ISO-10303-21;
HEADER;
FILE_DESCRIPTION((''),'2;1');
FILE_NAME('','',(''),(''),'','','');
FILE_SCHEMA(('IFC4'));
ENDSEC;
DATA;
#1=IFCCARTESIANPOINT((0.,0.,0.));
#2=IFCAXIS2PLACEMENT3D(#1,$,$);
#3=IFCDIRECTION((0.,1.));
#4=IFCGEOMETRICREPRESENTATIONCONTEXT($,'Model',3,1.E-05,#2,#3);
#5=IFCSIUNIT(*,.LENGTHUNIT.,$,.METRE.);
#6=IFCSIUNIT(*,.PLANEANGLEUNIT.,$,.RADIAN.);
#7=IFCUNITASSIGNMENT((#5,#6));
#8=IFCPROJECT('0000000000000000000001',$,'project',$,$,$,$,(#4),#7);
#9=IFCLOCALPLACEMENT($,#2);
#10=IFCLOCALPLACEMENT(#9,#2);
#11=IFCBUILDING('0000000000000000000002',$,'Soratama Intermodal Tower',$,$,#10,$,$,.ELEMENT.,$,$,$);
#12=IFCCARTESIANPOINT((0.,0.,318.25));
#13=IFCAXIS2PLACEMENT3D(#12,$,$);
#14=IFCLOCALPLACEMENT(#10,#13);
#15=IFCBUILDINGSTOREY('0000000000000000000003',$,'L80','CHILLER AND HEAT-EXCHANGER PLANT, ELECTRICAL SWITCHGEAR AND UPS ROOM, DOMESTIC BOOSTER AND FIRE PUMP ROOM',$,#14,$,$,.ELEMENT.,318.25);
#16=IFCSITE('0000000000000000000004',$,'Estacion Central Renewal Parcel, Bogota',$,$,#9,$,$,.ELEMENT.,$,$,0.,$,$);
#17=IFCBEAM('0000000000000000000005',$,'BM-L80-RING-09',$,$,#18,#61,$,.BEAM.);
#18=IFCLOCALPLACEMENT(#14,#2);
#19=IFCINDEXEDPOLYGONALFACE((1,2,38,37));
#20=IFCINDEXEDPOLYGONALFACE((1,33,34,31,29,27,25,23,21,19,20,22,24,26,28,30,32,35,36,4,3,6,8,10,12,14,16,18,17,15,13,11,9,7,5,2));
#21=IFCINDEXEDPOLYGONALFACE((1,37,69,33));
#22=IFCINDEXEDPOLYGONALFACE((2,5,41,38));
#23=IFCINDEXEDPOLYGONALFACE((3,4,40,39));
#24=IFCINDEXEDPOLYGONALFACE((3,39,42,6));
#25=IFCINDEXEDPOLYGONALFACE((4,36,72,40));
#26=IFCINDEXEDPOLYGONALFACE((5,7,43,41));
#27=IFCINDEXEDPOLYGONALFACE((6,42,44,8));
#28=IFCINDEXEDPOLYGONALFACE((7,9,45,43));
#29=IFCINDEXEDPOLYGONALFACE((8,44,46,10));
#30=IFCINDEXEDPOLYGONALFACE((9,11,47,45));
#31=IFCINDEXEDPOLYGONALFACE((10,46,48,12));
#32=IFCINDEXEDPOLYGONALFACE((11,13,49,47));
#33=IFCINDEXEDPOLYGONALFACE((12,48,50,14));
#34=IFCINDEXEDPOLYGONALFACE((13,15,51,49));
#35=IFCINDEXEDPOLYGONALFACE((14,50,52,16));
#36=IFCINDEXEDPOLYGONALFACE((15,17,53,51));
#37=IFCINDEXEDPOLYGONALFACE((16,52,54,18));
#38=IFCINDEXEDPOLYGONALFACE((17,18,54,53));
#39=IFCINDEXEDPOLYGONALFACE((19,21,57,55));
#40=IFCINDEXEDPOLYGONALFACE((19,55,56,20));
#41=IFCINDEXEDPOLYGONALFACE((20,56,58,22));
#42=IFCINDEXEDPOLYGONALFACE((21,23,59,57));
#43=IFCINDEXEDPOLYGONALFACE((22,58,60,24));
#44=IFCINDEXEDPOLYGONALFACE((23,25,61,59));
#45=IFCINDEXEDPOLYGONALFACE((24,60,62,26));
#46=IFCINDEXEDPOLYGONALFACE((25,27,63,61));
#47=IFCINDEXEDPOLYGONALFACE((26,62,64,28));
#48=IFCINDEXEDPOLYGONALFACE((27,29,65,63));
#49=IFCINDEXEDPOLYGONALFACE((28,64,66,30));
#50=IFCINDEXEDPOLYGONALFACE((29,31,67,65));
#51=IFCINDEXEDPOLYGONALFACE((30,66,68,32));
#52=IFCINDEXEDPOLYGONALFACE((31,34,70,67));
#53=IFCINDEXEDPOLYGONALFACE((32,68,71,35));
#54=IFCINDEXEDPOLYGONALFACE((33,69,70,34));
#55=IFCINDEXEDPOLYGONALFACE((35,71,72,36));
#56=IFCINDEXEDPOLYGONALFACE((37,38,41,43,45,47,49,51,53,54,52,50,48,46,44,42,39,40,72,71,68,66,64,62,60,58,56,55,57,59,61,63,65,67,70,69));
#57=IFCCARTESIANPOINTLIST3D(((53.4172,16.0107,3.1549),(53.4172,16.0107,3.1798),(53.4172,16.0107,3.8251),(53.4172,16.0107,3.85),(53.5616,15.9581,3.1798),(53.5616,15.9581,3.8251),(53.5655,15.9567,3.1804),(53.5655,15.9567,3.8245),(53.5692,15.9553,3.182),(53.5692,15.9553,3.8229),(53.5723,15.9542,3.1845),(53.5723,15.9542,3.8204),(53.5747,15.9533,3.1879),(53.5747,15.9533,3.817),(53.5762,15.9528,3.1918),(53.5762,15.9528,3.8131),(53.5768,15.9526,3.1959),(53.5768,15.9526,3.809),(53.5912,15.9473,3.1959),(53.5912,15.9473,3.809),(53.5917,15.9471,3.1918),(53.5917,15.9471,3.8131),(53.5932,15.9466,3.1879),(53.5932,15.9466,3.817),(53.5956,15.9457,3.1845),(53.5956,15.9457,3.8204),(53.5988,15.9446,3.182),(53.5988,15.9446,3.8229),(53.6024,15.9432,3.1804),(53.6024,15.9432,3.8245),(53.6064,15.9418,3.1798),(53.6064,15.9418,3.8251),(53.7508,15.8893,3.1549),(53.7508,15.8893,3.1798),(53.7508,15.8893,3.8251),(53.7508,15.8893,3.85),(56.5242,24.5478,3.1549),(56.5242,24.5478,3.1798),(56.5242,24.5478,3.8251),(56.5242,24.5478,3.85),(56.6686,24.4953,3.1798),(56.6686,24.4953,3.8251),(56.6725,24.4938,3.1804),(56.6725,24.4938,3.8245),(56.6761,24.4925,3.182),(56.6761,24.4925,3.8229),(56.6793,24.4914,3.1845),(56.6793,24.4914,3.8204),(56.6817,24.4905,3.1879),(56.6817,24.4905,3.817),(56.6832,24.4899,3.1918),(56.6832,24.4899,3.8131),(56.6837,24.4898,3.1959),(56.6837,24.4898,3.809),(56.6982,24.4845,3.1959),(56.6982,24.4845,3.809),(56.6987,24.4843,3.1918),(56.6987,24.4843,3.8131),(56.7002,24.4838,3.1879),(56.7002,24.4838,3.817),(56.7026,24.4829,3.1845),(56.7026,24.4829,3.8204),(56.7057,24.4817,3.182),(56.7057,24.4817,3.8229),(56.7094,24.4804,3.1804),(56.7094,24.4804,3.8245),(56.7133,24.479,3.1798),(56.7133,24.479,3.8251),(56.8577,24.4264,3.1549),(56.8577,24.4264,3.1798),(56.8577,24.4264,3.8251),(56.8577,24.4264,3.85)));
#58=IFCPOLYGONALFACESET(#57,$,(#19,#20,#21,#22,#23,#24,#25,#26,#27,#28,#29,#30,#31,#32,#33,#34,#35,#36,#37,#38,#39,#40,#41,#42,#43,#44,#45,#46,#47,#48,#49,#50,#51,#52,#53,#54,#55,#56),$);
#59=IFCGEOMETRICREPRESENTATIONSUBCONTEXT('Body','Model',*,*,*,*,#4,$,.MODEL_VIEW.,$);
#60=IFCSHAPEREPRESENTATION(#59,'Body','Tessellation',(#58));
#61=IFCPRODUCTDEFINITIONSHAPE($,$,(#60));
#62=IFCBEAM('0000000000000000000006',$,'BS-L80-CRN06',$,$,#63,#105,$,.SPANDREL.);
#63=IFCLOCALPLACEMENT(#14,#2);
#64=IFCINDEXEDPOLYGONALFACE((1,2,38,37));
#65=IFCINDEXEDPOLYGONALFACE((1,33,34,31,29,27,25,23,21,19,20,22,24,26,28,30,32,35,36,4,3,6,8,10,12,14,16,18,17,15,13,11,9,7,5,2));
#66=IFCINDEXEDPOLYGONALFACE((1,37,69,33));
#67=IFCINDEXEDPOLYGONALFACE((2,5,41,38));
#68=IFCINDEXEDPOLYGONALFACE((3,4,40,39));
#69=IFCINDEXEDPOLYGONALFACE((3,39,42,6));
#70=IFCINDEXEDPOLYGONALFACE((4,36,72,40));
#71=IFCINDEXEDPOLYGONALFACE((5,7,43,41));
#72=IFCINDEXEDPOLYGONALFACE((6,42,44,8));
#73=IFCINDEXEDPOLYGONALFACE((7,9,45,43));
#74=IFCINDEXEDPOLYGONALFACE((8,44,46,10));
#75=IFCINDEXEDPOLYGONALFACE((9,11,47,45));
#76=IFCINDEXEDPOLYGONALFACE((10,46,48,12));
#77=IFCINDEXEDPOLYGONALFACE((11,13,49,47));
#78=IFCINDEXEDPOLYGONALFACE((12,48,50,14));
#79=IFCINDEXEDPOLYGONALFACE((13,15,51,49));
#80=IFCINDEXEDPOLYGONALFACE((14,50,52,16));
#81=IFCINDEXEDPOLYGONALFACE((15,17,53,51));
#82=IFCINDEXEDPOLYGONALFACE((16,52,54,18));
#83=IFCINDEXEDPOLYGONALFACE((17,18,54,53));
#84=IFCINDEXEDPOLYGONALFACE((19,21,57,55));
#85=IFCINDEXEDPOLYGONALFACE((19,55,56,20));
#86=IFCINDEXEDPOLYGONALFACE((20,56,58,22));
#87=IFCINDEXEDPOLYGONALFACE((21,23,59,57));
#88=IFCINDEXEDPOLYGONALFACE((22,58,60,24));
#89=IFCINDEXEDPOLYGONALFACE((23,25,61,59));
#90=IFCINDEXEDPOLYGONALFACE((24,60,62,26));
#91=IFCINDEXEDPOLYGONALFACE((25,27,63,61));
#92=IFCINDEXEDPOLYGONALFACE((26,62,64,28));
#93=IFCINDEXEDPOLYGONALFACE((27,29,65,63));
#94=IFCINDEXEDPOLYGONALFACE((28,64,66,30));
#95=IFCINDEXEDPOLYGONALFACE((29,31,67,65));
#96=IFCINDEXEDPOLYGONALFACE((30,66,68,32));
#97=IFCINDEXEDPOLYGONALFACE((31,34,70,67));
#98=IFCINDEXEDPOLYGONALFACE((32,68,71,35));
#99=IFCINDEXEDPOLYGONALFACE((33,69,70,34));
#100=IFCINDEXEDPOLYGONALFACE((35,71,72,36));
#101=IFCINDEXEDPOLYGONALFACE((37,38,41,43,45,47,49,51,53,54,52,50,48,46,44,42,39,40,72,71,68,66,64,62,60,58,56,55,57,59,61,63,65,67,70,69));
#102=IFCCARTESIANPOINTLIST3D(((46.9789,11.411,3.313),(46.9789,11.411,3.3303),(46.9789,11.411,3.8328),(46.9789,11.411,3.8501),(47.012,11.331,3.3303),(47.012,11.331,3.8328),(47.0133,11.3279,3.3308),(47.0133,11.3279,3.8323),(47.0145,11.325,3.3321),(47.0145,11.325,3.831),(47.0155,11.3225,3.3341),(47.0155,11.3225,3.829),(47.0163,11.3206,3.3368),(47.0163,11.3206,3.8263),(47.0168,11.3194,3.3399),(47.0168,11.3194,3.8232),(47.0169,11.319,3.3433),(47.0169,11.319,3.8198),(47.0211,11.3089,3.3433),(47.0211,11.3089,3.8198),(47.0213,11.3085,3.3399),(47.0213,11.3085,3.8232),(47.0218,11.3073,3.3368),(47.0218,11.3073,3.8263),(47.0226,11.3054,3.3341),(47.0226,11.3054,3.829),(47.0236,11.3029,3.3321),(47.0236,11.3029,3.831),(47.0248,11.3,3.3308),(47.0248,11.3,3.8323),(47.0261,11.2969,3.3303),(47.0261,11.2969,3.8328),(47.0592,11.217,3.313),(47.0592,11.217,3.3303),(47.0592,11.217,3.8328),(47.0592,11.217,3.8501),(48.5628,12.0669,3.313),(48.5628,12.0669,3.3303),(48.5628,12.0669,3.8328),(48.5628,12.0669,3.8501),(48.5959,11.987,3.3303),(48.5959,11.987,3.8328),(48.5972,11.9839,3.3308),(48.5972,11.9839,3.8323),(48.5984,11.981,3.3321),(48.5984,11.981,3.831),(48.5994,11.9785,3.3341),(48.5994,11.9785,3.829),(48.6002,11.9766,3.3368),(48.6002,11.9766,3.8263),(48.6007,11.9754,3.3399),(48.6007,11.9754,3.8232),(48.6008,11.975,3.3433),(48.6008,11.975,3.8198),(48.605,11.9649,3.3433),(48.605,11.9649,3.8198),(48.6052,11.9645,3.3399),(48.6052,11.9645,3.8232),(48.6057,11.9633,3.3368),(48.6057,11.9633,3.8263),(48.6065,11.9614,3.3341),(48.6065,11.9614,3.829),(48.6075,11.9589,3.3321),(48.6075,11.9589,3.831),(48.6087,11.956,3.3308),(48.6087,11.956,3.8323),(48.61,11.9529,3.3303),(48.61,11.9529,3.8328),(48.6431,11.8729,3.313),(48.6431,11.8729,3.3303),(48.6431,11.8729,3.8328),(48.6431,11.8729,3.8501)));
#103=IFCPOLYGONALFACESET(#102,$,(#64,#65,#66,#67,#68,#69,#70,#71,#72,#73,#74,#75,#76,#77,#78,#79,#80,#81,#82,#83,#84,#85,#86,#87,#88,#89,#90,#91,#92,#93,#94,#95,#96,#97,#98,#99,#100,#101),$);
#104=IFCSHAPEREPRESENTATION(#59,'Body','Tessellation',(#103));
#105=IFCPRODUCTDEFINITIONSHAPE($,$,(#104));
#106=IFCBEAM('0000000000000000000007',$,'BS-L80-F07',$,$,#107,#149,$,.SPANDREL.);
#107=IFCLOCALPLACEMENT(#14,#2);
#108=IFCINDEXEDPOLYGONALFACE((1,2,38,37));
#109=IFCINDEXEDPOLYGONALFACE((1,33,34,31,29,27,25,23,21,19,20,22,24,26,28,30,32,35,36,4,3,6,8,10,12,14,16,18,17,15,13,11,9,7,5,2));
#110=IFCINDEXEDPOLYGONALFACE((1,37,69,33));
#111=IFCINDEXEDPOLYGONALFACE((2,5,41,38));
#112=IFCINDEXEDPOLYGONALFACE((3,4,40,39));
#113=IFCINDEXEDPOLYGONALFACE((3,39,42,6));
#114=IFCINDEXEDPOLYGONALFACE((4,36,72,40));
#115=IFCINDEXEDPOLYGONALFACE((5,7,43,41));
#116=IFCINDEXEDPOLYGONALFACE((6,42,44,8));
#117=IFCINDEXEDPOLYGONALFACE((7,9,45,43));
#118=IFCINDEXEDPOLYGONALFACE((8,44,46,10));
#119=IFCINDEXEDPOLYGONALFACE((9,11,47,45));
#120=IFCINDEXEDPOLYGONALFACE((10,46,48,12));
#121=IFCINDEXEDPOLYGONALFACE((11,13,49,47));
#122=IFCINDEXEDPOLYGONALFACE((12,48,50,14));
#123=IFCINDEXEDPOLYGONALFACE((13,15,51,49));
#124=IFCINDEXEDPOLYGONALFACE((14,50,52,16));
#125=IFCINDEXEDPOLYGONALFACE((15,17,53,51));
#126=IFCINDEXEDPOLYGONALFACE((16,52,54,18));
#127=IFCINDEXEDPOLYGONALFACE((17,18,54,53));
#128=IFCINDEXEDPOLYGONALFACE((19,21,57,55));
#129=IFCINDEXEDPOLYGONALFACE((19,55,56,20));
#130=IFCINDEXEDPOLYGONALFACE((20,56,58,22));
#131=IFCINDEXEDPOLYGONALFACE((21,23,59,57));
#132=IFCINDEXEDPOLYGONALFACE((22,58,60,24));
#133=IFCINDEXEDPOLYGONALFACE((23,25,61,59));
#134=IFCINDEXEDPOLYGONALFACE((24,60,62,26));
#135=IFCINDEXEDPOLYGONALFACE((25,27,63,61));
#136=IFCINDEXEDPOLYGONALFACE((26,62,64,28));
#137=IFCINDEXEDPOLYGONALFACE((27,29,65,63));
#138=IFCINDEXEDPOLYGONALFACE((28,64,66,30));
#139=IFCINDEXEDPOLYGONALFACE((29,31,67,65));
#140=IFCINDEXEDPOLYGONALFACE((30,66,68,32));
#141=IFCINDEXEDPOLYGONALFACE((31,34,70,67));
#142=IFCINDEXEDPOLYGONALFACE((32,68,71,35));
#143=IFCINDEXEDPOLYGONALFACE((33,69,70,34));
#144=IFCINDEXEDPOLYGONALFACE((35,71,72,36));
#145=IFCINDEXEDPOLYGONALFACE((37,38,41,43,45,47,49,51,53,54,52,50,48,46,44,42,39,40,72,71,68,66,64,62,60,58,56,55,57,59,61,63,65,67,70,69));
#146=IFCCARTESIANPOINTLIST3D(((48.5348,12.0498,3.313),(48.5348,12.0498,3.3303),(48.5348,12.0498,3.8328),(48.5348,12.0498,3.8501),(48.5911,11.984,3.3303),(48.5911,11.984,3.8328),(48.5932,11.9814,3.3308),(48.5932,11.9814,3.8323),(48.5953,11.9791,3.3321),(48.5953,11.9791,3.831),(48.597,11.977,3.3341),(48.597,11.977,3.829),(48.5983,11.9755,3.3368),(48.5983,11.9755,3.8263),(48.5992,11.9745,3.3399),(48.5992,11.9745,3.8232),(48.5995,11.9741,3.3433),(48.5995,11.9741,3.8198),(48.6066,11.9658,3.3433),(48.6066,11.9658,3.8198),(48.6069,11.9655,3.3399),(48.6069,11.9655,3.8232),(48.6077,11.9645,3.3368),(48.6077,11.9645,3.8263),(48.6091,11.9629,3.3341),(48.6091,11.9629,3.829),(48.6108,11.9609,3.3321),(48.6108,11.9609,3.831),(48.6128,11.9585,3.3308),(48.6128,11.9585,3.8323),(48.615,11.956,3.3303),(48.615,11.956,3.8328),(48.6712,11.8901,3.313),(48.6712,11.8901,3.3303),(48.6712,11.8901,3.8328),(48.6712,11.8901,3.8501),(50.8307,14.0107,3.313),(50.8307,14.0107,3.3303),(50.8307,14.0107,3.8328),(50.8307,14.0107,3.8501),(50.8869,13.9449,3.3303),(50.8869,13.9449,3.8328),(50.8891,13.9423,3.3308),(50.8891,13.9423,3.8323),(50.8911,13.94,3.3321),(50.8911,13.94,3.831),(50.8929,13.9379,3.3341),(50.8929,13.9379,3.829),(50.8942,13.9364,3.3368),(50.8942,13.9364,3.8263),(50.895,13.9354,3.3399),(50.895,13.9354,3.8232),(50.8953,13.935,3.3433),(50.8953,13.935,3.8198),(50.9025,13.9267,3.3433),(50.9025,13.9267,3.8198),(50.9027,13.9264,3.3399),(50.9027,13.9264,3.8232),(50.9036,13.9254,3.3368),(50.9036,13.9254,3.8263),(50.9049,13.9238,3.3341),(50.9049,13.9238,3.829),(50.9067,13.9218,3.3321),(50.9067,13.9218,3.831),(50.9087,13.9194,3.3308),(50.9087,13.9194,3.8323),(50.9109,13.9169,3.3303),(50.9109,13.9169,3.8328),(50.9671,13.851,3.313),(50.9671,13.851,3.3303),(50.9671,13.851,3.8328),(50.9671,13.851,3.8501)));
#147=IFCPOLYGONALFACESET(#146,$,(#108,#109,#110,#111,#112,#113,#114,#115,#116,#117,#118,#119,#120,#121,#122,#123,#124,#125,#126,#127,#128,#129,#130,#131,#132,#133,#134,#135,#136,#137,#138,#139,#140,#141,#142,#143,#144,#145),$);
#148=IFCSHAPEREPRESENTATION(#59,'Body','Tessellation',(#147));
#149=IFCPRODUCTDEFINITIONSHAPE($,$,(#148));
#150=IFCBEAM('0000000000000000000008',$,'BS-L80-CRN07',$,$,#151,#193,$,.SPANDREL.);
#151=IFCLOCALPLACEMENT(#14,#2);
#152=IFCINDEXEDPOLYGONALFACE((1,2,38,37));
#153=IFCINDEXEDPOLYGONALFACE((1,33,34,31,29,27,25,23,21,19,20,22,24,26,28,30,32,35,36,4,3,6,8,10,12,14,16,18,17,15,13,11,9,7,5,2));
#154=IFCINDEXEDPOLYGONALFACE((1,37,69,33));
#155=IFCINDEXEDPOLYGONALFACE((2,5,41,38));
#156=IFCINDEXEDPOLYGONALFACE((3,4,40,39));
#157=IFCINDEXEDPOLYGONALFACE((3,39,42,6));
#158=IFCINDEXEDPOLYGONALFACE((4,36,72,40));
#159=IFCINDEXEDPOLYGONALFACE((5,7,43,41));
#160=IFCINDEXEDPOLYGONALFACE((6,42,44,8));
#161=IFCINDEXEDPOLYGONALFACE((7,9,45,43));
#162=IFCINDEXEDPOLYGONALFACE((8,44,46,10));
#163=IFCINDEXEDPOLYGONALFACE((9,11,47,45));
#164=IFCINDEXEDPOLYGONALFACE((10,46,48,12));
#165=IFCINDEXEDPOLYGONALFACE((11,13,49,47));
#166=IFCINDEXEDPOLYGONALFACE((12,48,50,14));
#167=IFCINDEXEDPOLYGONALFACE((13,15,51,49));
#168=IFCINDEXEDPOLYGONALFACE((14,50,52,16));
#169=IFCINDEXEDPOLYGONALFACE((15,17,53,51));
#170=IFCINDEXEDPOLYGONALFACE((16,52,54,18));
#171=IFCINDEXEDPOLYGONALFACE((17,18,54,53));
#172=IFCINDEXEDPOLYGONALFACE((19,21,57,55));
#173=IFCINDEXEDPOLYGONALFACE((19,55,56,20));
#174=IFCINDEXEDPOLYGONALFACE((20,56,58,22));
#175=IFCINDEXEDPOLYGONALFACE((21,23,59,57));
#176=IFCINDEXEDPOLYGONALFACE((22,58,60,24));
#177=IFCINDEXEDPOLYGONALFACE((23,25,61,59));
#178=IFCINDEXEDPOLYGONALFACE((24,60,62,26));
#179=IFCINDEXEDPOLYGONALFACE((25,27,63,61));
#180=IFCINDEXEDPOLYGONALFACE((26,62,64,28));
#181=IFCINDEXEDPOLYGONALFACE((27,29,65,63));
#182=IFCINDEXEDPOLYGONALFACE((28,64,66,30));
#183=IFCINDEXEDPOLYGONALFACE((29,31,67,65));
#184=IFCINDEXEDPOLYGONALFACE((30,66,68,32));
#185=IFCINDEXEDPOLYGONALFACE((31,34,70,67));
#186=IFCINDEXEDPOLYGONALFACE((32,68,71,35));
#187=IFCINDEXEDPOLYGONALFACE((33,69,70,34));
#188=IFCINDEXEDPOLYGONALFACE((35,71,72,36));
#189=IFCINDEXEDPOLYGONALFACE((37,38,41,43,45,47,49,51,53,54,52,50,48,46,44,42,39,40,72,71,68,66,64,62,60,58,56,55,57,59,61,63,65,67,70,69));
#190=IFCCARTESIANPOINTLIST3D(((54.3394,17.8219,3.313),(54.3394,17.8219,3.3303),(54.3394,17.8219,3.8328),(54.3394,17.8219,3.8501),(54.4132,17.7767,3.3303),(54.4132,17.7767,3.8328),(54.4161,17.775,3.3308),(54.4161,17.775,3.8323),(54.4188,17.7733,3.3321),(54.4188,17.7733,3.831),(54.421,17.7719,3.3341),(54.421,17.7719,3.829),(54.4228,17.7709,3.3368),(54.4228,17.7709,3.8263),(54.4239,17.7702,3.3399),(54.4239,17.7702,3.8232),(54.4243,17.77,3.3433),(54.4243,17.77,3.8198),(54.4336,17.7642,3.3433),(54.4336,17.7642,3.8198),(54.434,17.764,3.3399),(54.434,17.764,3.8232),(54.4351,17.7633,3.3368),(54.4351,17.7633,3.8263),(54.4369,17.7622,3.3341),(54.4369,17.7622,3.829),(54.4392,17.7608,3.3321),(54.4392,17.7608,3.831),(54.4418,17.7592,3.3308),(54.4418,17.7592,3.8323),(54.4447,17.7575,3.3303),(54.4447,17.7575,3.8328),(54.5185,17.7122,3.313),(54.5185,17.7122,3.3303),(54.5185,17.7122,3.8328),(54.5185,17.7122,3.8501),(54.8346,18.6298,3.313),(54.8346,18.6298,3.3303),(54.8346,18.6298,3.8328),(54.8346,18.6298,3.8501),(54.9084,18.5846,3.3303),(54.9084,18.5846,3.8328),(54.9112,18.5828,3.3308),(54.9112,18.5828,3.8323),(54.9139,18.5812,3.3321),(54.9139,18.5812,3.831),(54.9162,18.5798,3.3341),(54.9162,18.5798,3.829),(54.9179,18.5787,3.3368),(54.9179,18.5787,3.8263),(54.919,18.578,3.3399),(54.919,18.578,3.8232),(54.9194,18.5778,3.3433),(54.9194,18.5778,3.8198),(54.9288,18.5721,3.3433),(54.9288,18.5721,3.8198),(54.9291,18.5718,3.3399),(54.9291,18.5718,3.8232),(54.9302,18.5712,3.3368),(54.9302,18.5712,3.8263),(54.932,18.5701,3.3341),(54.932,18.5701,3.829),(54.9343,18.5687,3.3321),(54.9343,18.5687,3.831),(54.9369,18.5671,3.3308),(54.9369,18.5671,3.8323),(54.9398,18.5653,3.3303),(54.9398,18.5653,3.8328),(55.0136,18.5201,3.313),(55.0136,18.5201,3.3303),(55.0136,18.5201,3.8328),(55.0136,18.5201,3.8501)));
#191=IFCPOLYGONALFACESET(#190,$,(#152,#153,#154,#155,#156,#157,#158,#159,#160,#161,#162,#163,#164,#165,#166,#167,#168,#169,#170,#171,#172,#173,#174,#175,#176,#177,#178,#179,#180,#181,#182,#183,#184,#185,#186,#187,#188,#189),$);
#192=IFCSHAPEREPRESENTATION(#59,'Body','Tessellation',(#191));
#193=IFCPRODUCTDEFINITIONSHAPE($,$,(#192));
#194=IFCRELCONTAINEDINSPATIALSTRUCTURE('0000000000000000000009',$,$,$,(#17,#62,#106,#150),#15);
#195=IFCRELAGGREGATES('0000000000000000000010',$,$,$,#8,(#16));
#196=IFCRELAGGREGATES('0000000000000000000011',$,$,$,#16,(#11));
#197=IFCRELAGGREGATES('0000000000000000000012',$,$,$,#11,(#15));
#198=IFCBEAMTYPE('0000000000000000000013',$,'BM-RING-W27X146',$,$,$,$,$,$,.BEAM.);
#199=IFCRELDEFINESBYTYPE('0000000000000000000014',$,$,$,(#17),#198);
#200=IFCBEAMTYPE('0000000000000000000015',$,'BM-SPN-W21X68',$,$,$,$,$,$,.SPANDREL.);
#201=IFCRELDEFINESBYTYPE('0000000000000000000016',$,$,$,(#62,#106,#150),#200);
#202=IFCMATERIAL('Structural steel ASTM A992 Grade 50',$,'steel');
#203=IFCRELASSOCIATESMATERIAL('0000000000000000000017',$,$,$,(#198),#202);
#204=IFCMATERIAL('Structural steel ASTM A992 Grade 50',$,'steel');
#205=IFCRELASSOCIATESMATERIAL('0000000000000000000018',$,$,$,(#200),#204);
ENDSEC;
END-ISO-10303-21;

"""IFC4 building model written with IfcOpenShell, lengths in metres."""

from ifc_helpers import new_model, si_unit, direction, frame, origin, origin_2d, place, context, subcontext, project, spatial, i_section, extrude, material, material_profile, profile_set, type_object, element, save


model = new_model("IFC4")

# Units and contexts
model_context = context("Model", 3, precision=1e-05, world=origin(), true_north=direction((0.0, 1.0)))
body_context = subcontext(model_context, "Body", "Model", "MODEL_VIEW")
ifc_project = project(units=[si_unit("LENGTHUNIT", "METRE"), si_unit("PLANEANGLEUNIT", "RADIAN")], contexts=[model_context])

# Site, building, storey
site_placement = place(None, origin())
site = spatial("IfcSite", under=ifc_project, at=site_placement, Name="Estacion Central Renewal Parcel, Bogota", CompositionType="ELEMENT", RefElevation=0.0)
building_placement = place(site_placement, origin())
building = spatial("IfcBuilding", under=site, at=building_placement, Name="Soratama Intermodal Tower", CompositionType="ELEMENT")
storey_placement = place(building_placement, frame((0.0, 0.0, 318.25)))
storey = spatial("IfcBuildingStorey", under=building, at=storey_placement, Name="L80", Description="CHILLER AND HEAT-EXCHANGER PLANT, ELECTRICAL SWITCHGEAR AND UPS ROOM, DOMESTIC BOOSTER AND FIRE PUMP ROOM", CompositionType="ELEMENT", Elevation=318.25)

# Beams
ifc_material_1 = material(Name="Structural steel ASTM A992 Grade 50", Category="steel")
ifc_material_profile_1 = material_profile(ifc_material_1, i_section(OverallWidth=0.355, OverallDepth=0.6951, WebThickness=0.0154, FlangeThickness=0.0249, FilletRadius=0.0161, at=origin_2d()), Name="W27X146")
ifc_profile_set_1 = profile_set([ifc_material_profile_1], Name="Structural steel ASTM A992 Grade 50")
beam_type_1 = type_object("IfcBeamType", Name="BM-RING-W27X146", PredefinedType="BEAM", material=ifc_profile_set_1)
for number, where, z_axis, x_axis, name in (
    (1, (53.584, 15.95, 3.5024), (0.341989, 0.939704, 0.0), (-0.939704, 0.341989, 0.0), "BM-L80-RING-09"),
):
    element("IfcBeam", number, at=place(storey_placement, frame(where, z_axis=z_axis, x_axis=x_axis)), inside=storey, type_object=beam_type_1, Name=name, PredefinedType="BEAM", context=body_context, shape_type="SweptSolid", body=[
        extrude(i_section(OverallWidth=0.355, OverallDepth=0.6951, WebThickness=0.0154, FlangeThickness=0.0249, FilletRadius=0.0161, at=origin_2d()), origin(), (0.0, 0.0, 1.0), 9.085),
    ])
ifc_material_2 = material(Name="Structural steel ASTM A992 Grade 50", Category="steel")
ifc_material_profile_2 = material_profile(ifc_material_2, i_section(OverallWidth=0.21, OverallDepth=0.5371, WebThickness=0.011, FlangeThickness=0.0173, FilletRadius=0.0129, at=origin_2d()), Name="W21X68")
ifc_profile_set_2 = profile_set([ifc_material_profile_2], Name="Structural steel ASTM A992 Grade 50")
beam_type_2 = type_object("IfcBeamType", Name="BM-SPN-W21X68", PredefinedType="SPANDREL", material=ifc_profile_set_2)
beam_1_placement = place(storey_placement, frame((47.019, 11.314, 3.5815), z_axis=(0.923901, 0.382633, 0.0), x_axis=(-0.382633, 0.923901, 0.0)))
element("IfcBeam", 2, at=beam_1_placement, inside=storey, type_object=beam_type_2, Name="BS-L80-CRN06", PredefinedType="SPANDREL", context=body_context, shape_type="SweptSolid", body=[
    extrude(i_section(OverallWidth=0.21, OverallDepth=0.5371, WebThickness=0.011, FlangeThickness=0.0173, FilletRadius=0.0129, at=origin_2d()), origin(), (0.0, 0.0, 1.0), 1.7144),
])
beam_2_placement = place(storey_placement, frame((48.603, 11.97, 3.5815), z_axis=(0.760397, 0.649459, 0.0), x_axis=(-0.649459, 0.760397, 0.0)))
element("IfcBeam", 3, at=beam_2_placement, inside=storey, type_object=beam_type_2, Name="BS-L80-F07", PredefinedType="SPANDREL", context=body_context, shape_type="SweptSolid", body=[
    extrude(i_section(OverallWidth=0.21, OverallDepth=0.5371, WebThickness=0.011, FlangeThickness=0.0173, FilletRadius=0.0129, at=origin_2d()), origin(), (0.0, 0.0, 1.0), 3.0193),
])
beam_3_placement = place(storey_placement, frame((54.429, 17.7671, 3.5815), z_axis=(0.522544, 0.852612, 0.0), x_axis=(-0.852612, 0.522544, 0.0)))
element("IfcBeam", 4, at=beam_3_placement, inside=storey, type_object=beam_type_2, Name="BS-L80-CRN07", PredefinedType="SPANDREL", context=body_context, shape_type="SweptSolid", body=[
    extrude(i_section(OverallWidth=0.21, OverallDepth=0.5371, WebThickness=0.011, FlangeThickness=0.0173, FilletRadius=0.0129, at=origin_2d()), origin(), (0.0, 0.0, 1.0), 0.9475),
])

save(model, "model.ifc")
